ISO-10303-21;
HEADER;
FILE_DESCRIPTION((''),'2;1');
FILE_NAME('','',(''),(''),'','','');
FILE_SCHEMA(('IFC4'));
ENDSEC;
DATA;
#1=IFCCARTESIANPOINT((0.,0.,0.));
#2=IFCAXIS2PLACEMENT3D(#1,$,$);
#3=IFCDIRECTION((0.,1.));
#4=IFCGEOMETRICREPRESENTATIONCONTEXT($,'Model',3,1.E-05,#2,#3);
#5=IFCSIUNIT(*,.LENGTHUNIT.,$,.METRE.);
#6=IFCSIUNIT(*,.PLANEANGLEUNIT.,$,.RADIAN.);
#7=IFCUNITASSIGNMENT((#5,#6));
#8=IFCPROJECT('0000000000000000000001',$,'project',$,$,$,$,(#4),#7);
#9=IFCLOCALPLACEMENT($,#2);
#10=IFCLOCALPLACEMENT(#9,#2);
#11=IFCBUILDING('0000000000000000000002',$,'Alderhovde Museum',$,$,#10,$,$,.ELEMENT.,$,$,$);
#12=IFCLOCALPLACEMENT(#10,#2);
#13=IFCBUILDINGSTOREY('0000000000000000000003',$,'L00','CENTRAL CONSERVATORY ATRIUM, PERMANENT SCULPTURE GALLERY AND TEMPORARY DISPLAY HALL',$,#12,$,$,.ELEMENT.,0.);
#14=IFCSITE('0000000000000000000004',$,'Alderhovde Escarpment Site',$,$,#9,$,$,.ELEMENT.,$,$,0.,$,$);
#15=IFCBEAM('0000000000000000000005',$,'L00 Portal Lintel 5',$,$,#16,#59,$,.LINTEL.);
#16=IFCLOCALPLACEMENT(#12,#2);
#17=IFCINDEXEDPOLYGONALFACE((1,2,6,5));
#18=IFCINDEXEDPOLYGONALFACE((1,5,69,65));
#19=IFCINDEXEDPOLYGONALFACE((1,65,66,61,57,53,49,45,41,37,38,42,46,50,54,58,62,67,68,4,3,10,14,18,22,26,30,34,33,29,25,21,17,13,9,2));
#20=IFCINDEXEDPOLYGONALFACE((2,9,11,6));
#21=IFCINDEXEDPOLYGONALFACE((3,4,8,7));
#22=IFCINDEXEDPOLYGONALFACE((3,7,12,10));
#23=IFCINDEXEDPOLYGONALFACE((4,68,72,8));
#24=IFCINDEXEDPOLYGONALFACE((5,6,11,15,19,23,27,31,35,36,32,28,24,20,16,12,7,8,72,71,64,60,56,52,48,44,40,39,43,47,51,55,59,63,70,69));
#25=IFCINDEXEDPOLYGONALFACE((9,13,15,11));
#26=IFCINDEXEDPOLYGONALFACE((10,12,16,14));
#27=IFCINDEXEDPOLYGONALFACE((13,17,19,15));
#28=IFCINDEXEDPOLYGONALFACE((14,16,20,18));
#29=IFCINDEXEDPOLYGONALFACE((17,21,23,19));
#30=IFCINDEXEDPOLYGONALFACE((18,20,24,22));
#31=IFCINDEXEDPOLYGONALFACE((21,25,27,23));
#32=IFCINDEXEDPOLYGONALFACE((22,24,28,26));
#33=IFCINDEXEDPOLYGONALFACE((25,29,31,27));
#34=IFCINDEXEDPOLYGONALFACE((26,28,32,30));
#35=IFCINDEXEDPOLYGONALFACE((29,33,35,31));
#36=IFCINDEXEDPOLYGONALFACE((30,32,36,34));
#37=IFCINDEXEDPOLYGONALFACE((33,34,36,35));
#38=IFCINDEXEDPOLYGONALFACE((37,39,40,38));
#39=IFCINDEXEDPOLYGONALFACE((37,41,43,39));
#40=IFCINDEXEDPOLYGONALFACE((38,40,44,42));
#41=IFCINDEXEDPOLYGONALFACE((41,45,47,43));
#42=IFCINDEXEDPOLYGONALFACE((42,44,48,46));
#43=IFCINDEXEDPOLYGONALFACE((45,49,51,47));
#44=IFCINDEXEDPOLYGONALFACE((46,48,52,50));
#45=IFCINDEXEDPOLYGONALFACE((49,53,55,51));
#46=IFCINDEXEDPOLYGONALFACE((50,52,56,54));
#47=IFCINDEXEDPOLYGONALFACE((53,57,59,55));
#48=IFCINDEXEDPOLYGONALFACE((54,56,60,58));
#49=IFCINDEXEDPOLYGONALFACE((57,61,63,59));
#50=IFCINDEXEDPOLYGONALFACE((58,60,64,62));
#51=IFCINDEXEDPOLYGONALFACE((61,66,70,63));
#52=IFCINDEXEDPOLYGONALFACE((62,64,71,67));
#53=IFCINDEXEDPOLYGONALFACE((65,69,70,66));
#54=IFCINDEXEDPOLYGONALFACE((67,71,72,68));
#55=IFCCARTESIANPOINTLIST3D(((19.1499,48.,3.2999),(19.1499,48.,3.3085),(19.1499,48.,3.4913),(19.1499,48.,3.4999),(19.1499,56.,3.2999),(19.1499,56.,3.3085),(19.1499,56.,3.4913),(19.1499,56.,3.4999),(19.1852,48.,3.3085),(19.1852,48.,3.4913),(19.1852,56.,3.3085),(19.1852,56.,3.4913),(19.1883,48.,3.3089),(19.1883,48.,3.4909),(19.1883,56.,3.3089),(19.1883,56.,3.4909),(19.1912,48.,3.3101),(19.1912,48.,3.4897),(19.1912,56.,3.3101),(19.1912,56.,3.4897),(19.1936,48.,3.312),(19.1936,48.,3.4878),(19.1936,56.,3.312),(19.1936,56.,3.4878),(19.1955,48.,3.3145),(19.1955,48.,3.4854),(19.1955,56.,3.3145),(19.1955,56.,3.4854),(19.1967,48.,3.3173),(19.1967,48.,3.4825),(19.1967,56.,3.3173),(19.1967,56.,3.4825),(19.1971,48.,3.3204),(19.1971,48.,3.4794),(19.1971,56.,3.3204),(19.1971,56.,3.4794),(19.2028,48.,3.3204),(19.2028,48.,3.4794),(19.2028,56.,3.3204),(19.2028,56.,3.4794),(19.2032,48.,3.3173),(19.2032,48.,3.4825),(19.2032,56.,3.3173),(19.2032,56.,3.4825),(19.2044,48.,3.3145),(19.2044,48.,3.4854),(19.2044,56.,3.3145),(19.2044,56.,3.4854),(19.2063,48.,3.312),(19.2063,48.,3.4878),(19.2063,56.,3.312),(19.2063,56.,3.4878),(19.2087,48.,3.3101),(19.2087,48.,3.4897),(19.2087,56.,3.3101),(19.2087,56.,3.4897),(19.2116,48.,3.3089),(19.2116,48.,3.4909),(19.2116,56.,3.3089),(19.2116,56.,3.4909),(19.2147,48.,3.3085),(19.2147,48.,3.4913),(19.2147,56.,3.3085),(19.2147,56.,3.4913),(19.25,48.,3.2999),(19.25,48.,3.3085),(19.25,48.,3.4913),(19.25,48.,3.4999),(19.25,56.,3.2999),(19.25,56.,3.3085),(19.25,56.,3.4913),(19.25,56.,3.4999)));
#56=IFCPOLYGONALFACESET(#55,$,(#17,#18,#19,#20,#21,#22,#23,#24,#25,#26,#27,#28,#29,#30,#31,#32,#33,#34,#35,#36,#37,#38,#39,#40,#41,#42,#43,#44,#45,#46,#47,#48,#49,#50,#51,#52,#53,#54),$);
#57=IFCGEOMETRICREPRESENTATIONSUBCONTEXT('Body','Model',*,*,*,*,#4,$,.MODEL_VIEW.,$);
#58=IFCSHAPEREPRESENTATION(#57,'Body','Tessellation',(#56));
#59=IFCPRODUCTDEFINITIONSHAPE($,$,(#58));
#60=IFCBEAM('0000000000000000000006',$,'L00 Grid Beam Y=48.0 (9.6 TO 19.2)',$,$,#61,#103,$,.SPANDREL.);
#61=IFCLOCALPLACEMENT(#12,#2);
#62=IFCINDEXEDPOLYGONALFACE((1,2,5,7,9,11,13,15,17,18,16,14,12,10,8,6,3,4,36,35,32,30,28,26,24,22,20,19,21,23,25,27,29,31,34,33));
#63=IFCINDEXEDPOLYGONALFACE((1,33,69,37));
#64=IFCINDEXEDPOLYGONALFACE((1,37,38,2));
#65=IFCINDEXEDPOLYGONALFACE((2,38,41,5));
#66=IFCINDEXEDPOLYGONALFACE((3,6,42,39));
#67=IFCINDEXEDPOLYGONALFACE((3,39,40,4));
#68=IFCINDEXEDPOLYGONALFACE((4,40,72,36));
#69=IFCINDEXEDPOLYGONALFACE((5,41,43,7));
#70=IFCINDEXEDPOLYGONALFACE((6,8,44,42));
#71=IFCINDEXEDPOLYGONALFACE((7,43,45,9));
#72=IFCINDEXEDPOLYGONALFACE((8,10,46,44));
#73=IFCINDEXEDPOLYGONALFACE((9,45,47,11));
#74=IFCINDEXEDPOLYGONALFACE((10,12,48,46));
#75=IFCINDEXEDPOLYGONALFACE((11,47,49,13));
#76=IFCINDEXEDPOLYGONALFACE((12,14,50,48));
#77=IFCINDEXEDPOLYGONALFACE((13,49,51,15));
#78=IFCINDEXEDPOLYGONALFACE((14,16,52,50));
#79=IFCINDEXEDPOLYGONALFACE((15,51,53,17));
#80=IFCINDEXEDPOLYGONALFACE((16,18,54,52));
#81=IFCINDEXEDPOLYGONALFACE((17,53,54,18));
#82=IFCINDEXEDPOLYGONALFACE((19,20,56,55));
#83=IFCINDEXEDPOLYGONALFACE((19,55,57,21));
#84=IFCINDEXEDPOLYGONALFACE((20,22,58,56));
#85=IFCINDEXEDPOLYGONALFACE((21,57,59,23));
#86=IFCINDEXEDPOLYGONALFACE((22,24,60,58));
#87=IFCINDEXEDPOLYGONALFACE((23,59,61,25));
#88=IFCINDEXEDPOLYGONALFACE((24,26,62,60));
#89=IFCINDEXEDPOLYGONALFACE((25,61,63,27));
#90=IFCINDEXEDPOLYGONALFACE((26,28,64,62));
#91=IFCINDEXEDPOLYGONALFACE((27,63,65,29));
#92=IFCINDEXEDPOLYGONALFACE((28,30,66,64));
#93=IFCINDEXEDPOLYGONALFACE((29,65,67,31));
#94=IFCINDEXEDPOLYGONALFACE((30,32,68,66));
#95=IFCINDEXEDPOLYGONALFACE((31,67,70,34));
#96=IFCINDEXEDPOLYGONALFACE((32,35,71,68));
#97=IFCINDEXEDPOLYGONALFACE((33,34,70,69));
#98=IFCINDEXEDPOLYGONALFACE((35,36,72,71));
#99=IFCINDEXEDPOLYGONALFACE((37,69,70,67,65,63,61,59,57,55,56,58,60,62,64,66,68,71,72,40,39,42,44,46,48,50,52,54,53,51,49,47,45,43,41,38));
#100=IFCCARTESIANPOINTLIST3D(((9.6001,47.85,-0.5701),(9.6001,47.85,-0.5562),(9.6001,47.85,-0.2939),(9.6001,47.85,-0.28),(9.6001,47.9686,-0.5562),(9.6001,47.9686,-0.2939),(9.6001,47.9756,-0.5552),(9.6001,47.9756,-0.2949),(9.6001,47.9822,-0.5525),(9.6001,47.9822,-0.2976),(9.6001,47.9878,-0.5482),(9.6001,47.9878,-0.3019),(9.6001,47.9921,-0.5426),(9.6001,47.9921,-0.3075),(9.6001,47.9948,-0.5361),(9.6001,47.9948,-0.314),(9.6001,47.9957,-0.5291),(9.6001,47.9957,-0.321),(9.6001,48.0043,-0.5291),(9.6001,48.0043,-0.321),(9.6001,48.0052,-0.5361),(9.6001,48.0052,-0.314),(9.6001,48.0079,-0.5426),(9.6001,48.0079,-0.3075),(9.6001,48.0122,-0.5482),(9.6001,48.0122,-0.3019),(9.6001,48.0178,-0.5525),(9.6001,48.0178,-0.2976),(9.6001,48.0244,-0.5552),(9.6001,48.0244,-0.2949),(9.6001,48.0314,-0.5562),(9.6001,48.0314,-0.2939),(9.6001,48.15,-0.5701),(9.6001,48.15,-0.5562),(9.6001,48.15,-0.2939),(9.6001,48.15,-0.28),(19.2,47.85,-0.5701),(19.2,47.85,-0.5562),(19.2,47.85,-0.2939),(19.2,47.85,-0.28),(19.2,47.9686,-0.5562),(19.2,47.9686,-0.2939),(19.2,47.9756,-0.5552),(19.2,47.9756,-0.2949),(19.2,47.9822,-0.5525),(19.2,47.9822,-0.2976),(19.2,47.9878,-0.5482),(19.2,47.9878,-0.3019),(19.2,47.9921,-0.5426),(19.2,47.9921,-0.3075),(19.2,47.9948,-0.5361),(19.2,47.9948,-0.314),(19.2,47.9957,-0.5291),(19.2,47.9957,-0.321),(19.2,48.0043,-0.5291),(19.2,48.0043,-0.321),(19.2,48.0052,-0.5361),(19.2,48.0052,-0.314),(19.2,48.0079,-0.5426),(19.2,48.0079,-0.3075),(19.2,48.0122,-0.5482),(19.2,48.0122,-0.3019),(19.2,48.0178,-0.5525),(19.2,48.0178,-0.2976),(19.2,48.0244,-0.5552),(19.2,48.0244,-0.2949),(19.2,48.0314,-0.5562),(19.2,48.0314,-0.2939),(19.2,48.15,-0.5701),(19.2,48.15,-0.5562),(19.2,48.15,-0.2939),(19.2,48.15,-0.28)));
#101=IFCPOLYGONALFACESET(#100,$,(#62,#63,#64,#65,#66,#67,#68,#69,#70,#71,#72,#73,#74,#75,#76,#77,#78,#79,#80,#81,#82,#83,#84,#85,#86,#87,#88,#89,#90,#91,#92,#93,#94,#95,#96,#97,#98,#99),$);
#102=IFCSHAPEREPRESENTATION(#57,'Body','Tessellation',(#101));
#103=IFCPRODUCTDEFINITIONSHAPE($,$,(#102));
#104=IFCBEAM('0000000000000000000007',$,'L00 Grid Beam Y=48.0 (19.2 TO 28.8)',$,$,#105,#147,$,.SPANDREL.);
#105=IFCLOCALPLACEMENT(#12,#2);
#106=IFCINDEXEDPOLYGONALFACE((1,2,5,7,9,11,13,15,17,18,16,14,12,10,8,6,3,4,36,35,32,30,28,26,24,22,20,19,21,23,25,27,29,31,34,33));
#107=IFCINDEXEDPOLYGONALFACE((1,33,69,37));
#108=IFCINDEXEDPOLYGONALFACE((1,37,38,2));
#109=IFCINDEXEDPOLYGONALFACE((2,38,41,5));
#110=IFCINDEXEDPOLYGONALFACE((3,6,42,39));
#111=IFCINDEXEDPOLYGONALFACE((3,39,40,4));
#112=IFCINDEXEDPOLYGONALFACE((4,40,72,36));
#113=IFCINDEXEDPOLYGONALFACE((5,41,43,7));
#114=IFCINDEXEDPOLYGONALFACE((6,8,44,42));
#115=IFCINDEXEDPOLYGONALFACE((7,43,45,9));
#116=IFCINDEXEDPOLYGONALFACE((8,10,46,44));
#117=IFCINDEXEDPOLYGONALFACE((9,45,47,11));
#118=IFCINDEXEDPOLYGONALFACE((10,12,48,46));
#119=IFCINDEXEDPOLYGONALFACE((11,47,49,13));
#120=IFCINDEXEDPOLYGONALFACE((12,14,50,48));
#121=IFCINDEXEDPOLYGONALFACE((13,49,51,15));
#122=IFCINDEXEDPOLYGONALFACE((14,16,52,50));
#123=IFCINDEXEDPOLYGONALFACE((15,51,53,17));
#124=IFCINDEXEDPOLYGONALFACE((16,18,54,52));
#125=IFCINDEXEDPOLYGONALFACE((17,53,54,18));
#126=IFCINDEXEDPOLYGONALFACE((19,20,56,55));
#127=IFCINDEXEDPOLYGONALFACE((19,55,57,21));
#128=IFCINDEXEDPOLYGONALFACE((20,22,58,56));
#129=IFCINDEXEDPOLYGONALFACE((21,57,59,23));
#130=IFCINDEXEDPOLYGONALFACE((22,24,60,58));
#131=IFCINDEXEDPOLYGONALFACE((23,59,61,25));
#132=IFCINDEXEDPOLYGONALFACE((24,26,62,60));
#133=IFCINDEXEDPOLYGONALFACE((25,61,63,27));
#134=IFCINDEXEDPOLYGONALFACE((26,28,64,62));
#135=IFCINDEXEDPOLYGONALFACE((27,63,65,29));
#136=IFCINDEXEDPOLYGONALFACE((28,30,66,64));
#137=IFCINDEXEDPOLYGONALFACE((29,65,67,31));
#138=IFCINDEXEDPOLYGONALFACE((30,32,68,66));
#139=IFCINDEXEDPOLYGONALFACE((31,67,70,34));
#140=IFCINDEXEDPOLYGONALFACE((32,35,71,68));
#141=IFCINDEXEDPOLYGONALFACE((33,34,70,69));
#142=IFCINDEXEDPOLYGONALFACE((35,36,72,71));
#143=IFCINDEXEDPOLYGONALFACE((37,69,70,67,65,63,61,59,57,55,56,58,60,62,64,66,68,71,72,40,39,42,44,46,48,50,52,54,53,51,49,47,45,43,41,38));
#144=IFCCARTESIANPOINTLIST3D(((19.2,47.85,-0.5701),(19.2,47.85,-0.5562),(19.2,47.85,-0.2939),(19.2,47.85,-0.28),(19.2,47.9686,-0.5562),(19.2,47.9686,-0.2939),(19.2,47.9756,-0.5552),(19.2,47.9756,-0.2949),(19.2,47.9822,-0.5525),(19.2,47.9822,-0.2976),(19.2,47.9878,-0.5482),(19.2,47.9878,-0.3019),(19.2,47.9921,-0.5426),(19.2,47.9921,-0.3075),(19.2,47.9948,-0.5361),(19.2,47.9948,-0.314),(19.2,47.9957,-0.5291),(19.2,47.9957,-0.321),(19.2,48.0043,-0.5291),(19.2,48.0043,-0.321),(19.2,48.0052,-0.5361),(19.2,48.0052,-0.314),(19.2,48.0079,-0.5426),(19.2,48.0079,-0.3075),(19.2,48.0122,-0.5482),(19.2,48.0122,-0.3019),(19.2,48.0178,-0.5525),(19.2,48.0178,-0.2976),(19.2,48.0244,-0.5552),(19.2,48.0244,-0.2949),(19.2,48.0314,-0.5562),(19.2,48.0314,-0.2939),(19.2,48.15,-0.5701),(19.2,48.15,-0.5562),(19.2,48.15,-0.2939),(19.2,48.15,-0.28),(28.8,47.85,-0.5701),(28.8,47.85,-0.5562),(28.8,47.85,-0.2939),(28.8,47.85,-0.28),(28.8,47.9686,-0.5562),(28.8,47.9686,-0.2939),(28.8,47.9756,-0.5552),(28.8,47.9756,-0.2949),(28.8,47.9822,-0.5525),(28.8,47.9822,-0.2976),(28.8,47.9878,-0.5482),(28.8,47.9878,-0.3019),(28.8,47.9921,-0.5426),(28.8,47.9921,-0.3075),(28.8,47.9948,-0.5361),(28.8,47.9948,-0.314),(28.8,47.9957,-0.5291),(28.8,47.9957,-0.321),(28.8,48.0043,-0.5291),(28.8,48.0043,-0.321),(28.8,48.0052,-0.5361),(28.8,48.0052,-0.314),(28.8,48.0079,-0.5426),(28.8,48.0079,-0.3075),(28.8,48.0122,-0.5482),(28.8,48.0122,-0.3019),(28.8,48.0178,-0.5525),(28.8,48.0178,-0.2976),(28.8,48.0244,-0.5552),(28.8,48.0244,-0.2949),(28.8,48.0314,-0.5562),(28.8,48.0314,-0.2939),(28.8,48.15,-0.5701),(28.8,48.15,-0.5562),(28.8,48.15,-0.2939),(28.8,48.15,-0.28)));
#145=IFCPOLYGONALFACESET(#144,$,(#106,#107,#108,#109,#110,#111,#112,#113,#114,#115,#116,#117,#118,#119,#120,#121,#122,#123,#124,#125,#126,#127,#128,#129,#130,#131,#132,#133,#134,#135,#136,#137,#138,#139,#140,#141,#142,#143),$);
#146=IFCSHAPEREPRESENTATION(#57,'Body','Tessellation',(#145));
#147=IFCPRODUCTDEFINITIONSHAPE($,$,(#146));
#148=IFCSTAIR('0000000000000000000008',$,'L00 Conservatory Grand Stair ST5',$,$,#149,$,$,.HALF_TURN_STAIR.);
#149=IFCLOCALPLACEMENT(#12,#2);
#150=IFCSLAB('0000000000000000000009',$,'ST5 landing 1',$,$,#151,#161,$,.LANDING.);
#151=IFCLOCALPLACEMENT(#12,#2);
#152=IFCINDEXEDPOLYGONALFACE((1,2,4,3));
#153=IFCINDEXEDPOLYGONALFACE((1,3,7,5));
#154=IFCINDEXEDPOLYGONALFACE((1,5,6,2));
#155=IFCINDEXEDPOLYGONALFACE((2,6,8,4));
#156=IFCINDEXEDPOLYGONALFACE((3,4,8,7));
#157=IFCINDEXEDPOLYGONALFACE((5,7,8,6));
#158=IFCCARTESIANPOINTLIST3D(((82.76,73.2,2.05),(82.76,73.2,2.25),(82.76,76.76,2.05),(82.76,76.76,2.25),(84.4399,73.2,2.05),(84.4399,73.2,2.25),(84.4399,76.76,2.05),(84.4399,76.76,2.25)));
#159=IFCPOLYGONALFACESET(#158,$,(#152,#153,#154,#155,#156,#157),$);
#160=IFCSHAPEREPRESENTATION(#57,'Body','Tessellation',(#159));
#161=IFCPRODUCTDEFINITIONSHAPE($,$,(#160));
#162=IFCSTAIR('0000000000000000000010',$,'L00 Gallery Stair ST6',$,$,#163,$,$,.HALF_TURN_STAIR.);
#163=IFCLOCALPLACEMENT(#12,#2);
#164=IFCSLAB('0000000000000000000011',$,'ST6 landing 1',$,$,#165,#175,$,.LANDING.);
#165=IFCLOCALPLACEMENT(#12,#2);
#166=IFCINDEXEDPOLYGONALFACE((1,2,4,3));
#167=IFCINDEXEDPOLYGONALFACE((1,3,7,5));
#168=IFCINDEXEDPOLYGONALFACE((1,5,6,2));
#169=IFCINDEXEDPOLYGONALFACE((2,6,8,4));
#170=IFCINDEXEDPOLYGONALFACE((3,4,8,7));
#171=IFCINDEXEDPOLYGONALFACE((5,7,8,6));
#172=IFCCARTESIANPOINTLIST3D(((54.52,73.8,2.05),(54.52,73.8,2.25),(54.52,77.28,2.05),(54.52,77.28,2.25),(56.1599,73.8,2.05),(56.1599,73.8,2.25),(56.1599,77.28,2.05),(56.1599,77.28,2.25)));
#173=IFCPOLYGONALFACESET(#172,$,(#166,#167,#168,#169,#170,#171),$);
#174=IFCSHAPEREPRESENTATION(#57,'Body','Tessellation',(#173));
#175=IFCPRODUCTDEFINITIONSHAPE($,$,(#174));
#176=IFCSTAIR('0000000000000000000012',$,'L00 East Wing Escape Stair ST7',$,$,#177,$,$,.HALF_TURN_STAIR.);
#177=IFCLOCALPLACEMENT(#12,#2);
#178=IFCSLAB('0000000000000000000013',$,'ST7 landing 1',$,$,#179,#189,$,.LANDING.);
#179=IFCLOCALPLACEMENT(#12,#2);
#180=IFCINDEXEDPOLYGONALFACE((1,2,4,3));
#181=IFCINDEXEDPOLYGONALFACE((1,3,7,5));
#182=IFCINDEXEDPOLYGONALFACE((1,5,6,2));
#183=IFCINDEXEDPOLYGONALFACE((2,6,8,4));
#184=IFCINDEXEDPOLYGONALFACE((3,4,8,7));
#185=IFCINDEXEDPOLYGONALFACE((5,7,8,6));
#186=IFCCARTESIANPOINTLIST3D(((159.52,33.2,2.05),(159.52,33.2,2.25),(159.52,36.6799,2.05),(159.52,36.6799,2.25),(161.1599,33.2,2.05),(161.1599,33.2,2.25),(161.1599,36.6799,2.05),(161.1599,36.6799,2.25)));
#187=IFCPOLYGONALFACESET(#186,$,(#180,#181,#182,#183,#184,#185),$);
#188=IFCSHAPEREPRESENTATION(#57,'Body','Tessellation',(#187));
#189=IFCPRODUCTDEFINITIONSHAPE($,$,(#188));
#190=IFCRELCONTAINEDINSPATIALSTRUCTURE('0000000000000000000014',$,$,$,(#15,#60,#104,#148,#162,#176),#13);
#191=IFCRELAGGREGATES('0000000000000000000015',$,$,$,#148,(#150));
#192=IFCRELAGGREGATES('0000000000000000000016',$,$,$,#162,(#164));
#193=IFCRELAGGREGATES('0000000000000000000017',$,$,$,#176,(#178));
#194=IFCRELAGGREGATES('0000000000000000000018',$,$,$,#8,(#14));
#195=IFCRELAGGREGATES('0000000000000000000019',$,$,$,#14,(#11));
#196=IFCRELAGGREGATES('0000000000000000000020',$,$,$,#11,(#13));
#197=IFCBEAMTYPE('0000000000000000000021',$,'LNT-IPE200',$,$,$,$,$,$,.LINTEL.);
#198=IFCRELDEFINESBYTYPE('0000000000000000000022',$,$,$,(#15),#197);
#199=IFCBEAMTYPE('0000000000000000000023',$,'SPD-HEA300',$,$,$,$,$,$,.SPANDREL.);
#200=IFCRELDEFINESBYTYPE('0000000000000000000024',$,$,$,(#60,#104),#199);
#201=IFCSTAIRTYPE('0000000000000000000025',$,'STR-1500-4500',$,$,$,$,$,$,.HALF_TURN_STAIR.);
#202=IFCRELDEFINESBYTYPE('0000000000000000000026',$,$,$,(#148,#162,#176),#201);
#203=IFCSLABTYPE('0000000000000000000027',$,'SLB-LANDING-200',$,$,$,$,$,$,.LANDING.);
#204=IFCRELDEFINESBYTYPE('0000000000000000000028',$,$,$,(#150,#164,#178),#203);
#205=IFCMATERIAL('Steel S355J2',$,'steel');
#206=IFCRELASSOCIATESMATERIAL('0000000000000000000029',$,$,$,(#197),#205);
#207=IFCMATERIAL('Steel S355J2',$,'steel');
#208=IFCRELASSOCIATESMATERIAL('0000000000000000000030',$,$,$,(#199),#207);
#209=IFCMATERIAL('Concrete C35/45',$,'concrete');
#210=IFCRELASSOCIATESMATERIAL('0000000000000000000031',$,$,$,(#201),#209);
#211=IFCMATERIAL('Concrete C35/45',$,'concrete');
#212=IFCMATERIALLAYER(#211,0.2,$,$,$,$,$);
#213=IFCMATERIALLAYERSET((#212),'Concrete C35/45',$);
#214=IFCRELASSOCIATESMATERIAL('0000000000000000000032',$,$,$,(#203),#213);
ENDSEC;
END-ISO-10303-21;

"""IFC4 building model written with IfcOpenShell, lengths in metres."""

from ifc_helpers import new_model, si_unit, direction, frame, origin, origin_2d, place, context, subcontext, project, spatial, polyline, i_section, outline, extrude, material, layer, layer_set, material_profile, profile_set, type_object, element, aggregate, save


model = new_model("IFC4")

# Units and contexts
model_context = context("Model", 3, precision=1e-05, world=origin(), true_north=direction((0.0, 1.0)))
body_context = subcontext(model_context, "Body", "Model", "MODEL_VIEW")
ifc_project = project(units=[si_unit("LENGTHUNIT", "METRE"), si_unit("PLANEANGLEUNIT", "RADIAN")], contexts=[model_context])

# Site, building, storey
site_placement = place(None, origin())
site = spatial("IfcSite", under=ifc_project, at=site_placement, Name="Alderhovde Escarpment Site", CompositionType="ELEMENT", RefElevation=0.0)
building_placement = place(site_placement, origin())
building = spatial("IfcBuilding", under=site, at=building_placement, Name="Alderhovde Museum", CompositionType="ELEMENT")
storey_placement = place(building_placement, origin())
storey = spatial("IfcBuildingStorey", under=building, at=storey_placement, Name="L00", Description="CENTRAL CONSERVATORY ATRIUM, PERMANENT SCULPTURE GALLERY AND TEMPORARY DISPLAY HALL", CompositionType="ELEMENT", Elevation=0.0)

# Beams
ifc_material_1 = material(Name="Steel S355J2", Category="steel")
ifc_material_profile_1 = material_profile(ifc_material_1, i_section(OverallWidth=0.1001, OverallDepth=0.2, WebThickness=0.0056, FlangeThickness=0.0085, FilletRadius=0.012, at=origin_2d()), Name="IPE 200")
ifc_profile_set_1 = profile_set([ifc_material_profile_1], Name="Steel S355J2")
beam_type_1 = type_object("IfcBeamType", Name="LNT-IPE200", PredefinedType="LINTEL", material=ifc_profile_set_1)
beam_1_placement = place(storey_placement, frame((19.2, 48.0, 3.3999), z_axis=(0.0, 1.0, 0.0), x_axis=(-1.0, 0.0, 0.0)))
element("IfcBeam", 1, at=beam_1_placement, inside=storey, type_object=beam_type_1, Name="L00 Portal Lintel 5", PredefinedType="LINTEL", context=body_context, shape_type="SweptSolid", body=[
    extrude(i_section(OverallWidth=0.1001, OverallDepth=0.2, WebThickness=0.0056, FlangeThickness=0.0085, FilletRadius=0.012, at=origin_2d()), origin(), (0.0, 0.0, 1.0), 8.0),
])
ifc_material_2 = material(Name="Steel S355J2", Category="steel")
ifc_material_profile_2 = material_profile(ifc_material_2, i_section(OverallWidth=0.3, OverallDepth=0.29, WebThickness=0.0085, FlangeThickness=0.0139, FilletRadius=0.0271, at=origin_2d()), Name="HEA 300")
ifc_profile_set_2 = profile_set([ifc_material_profile_2], Name="Steel S355J2")
beam_type_2 = type_object("IfcBeamType", Name="SPD-HEA300", PredefinedType="SPANDREL", material=ifc_profile_set_2)
beam_2_placement = place(storey_placement, frame((9.6001, 48.0, -0.425), z_axis=(1.0, 0.0, 0.0), x_axis=(0.0, 1.0, 0.0)))
element("IfcBeam", 2, at=beam_2_placement, inside=storey, type_object=beam_type_2, Name="L00 Grid Beam Y=48.0 (9.6 TO 19.2)", PredefinedType="SPANDREL", context=body_context, shape_type="SweptSolid", body=[
    extrude(i_section(OverallWidth=0.3, OverallDepth=0.29, WebThickness=0.0085, FlangeThickness=0.0139, FilletRadius=0.0271, at=origin_2d()), origin(), (0.0, 0.0, 1.0), 9.5999),
])
beam_3_placement = place(storey_placement, frame((19.2, 48.0, -0.425), z_axis=(1.0, 0.0, 0.0), x_axis=(0.0, 1.0, 0.0)))
element("IfcBeam", 3, at=beam_3_placement, inside=storey, type_object=beam_type_2, Name="L00 Grid Beam Y=48.0 (19.2 TO 28.8)", PredefinedType="SPANDREL", context=body_context, shape_type="SweptSolid", body=[
    extrude(i_section(OverallWidth=0.3, OverallDepth=0.29, WebThickness=0.0085, FlangeThickness=0.0139, FilletRadius=0.0271, at=origin_2d()), origin(), (0.0, 0.0, 1.0), 9.6001),
])

# Stairs, slabs
ifc_material_3 = material(Name="Concrete C35/45", Category="concrete")
stair_type = type_object("IfcStairType", Name="STR-1500-4500", PredefinedType="HALF_TURN_STAIR", material=ifc_material_3)
stair_1_placement = place(storey_placement, origin())
stair_1 = element("IfcStair", 4, at=stair_1_placement, inside=storey, type_object=stair_type, Name="L00 Conservatory Grand Stair ST5", PredefinedType="HALF_TURN_STAIR")
ifc_material_4 = material(Name="Concrete C35/45", Category="concrete")
ifc_layer_1 = layer(ifc_material_4, 0.2)
ifc_layer_set_1 = layer_set([ifc_layer_1], Name="Concrete C35/45")
slab_type = type_object("IfcSlabType", Name="SLB-LANDING-200", PredefinedType="LANDING", material=ifc_layer_set_1)
slab_1_placement = place(storey_placement, frame((0.0, 0.0, 2.05)))
slab_1 = element("IfcSlab", 5, at=slab_1_placement, type_object=slab_type, Name="ST5 landing 1", PredefinedType="LANDING", context=body_context, shape_type="SweptSolid", body=[
    extrude(outline(polyline([(82.76, 73.2), (84.4399, 73.2), (84.4399, 76.76), (82.76, 76.76), (82.76, 73.2)])), origin(), (0.0, 0.0, 1.0), 0.2),
])
aggregate(stair_1, [slab_1])
stair_2_placement = place(storey_placement, origin())
stair_2 = element("IfcStair", 6, at=stair_2_placement, inside=storey, type_object=stair_type, Name="L00 Gallery Stair ST6", PredefinedType="HALF_TURN_STAIR")
slab_2_placement = place(storey_placement, frame((0.0, 0.0, 2.05)))
slab_2 = element("IfcSlab", 7, at=slab_2_placement, type_object=slab_type, Name="ST6 landing 1", PredefinedType="LANDING", context=body_context, shape_type="SweptSolid", body=[
    extrude(outline(polyline([(54.52, 73.8), (56.1599, 73.8), (56.1599, 77.28), (54.52, 77.28), (54.52, 73.8)])), origin(), (0.0, 0.0, 1.0), 0.2),
])
aggregate(stair_2, [slab_2])
stair_3_placement = place(storey_placement, origin())
stair_3 = element("IfcStair", 8, at=stair_3_placement, inside=storey, type_object=stair_type, Name="L00 East Wing Escape Stair ST7", PredefinedType="HALF_TURN_STAIR")
slab_3_placement = place(storey_placement, frame((0.0, 0.0, 2.05)))
slab_3 = element("IfcSlab", 9, at=slab_3_placement, type_object=slab_type, Name="ST7 landing 1", PredefinedType="LANDING", context=body_context, shape_type="SweptSolid", body=[
    extrude(outline(polyline([(159.52, 33.2), (161.1599, 33.2), (161.1599, 36.6799), (159.52, 36.6799), (159.52, 33.2)])), origin(), (0.0, 0.0, 1.0), 0.2),
])
aggregate(stair_3, [slab_3])

save(model, "model.ifc")
